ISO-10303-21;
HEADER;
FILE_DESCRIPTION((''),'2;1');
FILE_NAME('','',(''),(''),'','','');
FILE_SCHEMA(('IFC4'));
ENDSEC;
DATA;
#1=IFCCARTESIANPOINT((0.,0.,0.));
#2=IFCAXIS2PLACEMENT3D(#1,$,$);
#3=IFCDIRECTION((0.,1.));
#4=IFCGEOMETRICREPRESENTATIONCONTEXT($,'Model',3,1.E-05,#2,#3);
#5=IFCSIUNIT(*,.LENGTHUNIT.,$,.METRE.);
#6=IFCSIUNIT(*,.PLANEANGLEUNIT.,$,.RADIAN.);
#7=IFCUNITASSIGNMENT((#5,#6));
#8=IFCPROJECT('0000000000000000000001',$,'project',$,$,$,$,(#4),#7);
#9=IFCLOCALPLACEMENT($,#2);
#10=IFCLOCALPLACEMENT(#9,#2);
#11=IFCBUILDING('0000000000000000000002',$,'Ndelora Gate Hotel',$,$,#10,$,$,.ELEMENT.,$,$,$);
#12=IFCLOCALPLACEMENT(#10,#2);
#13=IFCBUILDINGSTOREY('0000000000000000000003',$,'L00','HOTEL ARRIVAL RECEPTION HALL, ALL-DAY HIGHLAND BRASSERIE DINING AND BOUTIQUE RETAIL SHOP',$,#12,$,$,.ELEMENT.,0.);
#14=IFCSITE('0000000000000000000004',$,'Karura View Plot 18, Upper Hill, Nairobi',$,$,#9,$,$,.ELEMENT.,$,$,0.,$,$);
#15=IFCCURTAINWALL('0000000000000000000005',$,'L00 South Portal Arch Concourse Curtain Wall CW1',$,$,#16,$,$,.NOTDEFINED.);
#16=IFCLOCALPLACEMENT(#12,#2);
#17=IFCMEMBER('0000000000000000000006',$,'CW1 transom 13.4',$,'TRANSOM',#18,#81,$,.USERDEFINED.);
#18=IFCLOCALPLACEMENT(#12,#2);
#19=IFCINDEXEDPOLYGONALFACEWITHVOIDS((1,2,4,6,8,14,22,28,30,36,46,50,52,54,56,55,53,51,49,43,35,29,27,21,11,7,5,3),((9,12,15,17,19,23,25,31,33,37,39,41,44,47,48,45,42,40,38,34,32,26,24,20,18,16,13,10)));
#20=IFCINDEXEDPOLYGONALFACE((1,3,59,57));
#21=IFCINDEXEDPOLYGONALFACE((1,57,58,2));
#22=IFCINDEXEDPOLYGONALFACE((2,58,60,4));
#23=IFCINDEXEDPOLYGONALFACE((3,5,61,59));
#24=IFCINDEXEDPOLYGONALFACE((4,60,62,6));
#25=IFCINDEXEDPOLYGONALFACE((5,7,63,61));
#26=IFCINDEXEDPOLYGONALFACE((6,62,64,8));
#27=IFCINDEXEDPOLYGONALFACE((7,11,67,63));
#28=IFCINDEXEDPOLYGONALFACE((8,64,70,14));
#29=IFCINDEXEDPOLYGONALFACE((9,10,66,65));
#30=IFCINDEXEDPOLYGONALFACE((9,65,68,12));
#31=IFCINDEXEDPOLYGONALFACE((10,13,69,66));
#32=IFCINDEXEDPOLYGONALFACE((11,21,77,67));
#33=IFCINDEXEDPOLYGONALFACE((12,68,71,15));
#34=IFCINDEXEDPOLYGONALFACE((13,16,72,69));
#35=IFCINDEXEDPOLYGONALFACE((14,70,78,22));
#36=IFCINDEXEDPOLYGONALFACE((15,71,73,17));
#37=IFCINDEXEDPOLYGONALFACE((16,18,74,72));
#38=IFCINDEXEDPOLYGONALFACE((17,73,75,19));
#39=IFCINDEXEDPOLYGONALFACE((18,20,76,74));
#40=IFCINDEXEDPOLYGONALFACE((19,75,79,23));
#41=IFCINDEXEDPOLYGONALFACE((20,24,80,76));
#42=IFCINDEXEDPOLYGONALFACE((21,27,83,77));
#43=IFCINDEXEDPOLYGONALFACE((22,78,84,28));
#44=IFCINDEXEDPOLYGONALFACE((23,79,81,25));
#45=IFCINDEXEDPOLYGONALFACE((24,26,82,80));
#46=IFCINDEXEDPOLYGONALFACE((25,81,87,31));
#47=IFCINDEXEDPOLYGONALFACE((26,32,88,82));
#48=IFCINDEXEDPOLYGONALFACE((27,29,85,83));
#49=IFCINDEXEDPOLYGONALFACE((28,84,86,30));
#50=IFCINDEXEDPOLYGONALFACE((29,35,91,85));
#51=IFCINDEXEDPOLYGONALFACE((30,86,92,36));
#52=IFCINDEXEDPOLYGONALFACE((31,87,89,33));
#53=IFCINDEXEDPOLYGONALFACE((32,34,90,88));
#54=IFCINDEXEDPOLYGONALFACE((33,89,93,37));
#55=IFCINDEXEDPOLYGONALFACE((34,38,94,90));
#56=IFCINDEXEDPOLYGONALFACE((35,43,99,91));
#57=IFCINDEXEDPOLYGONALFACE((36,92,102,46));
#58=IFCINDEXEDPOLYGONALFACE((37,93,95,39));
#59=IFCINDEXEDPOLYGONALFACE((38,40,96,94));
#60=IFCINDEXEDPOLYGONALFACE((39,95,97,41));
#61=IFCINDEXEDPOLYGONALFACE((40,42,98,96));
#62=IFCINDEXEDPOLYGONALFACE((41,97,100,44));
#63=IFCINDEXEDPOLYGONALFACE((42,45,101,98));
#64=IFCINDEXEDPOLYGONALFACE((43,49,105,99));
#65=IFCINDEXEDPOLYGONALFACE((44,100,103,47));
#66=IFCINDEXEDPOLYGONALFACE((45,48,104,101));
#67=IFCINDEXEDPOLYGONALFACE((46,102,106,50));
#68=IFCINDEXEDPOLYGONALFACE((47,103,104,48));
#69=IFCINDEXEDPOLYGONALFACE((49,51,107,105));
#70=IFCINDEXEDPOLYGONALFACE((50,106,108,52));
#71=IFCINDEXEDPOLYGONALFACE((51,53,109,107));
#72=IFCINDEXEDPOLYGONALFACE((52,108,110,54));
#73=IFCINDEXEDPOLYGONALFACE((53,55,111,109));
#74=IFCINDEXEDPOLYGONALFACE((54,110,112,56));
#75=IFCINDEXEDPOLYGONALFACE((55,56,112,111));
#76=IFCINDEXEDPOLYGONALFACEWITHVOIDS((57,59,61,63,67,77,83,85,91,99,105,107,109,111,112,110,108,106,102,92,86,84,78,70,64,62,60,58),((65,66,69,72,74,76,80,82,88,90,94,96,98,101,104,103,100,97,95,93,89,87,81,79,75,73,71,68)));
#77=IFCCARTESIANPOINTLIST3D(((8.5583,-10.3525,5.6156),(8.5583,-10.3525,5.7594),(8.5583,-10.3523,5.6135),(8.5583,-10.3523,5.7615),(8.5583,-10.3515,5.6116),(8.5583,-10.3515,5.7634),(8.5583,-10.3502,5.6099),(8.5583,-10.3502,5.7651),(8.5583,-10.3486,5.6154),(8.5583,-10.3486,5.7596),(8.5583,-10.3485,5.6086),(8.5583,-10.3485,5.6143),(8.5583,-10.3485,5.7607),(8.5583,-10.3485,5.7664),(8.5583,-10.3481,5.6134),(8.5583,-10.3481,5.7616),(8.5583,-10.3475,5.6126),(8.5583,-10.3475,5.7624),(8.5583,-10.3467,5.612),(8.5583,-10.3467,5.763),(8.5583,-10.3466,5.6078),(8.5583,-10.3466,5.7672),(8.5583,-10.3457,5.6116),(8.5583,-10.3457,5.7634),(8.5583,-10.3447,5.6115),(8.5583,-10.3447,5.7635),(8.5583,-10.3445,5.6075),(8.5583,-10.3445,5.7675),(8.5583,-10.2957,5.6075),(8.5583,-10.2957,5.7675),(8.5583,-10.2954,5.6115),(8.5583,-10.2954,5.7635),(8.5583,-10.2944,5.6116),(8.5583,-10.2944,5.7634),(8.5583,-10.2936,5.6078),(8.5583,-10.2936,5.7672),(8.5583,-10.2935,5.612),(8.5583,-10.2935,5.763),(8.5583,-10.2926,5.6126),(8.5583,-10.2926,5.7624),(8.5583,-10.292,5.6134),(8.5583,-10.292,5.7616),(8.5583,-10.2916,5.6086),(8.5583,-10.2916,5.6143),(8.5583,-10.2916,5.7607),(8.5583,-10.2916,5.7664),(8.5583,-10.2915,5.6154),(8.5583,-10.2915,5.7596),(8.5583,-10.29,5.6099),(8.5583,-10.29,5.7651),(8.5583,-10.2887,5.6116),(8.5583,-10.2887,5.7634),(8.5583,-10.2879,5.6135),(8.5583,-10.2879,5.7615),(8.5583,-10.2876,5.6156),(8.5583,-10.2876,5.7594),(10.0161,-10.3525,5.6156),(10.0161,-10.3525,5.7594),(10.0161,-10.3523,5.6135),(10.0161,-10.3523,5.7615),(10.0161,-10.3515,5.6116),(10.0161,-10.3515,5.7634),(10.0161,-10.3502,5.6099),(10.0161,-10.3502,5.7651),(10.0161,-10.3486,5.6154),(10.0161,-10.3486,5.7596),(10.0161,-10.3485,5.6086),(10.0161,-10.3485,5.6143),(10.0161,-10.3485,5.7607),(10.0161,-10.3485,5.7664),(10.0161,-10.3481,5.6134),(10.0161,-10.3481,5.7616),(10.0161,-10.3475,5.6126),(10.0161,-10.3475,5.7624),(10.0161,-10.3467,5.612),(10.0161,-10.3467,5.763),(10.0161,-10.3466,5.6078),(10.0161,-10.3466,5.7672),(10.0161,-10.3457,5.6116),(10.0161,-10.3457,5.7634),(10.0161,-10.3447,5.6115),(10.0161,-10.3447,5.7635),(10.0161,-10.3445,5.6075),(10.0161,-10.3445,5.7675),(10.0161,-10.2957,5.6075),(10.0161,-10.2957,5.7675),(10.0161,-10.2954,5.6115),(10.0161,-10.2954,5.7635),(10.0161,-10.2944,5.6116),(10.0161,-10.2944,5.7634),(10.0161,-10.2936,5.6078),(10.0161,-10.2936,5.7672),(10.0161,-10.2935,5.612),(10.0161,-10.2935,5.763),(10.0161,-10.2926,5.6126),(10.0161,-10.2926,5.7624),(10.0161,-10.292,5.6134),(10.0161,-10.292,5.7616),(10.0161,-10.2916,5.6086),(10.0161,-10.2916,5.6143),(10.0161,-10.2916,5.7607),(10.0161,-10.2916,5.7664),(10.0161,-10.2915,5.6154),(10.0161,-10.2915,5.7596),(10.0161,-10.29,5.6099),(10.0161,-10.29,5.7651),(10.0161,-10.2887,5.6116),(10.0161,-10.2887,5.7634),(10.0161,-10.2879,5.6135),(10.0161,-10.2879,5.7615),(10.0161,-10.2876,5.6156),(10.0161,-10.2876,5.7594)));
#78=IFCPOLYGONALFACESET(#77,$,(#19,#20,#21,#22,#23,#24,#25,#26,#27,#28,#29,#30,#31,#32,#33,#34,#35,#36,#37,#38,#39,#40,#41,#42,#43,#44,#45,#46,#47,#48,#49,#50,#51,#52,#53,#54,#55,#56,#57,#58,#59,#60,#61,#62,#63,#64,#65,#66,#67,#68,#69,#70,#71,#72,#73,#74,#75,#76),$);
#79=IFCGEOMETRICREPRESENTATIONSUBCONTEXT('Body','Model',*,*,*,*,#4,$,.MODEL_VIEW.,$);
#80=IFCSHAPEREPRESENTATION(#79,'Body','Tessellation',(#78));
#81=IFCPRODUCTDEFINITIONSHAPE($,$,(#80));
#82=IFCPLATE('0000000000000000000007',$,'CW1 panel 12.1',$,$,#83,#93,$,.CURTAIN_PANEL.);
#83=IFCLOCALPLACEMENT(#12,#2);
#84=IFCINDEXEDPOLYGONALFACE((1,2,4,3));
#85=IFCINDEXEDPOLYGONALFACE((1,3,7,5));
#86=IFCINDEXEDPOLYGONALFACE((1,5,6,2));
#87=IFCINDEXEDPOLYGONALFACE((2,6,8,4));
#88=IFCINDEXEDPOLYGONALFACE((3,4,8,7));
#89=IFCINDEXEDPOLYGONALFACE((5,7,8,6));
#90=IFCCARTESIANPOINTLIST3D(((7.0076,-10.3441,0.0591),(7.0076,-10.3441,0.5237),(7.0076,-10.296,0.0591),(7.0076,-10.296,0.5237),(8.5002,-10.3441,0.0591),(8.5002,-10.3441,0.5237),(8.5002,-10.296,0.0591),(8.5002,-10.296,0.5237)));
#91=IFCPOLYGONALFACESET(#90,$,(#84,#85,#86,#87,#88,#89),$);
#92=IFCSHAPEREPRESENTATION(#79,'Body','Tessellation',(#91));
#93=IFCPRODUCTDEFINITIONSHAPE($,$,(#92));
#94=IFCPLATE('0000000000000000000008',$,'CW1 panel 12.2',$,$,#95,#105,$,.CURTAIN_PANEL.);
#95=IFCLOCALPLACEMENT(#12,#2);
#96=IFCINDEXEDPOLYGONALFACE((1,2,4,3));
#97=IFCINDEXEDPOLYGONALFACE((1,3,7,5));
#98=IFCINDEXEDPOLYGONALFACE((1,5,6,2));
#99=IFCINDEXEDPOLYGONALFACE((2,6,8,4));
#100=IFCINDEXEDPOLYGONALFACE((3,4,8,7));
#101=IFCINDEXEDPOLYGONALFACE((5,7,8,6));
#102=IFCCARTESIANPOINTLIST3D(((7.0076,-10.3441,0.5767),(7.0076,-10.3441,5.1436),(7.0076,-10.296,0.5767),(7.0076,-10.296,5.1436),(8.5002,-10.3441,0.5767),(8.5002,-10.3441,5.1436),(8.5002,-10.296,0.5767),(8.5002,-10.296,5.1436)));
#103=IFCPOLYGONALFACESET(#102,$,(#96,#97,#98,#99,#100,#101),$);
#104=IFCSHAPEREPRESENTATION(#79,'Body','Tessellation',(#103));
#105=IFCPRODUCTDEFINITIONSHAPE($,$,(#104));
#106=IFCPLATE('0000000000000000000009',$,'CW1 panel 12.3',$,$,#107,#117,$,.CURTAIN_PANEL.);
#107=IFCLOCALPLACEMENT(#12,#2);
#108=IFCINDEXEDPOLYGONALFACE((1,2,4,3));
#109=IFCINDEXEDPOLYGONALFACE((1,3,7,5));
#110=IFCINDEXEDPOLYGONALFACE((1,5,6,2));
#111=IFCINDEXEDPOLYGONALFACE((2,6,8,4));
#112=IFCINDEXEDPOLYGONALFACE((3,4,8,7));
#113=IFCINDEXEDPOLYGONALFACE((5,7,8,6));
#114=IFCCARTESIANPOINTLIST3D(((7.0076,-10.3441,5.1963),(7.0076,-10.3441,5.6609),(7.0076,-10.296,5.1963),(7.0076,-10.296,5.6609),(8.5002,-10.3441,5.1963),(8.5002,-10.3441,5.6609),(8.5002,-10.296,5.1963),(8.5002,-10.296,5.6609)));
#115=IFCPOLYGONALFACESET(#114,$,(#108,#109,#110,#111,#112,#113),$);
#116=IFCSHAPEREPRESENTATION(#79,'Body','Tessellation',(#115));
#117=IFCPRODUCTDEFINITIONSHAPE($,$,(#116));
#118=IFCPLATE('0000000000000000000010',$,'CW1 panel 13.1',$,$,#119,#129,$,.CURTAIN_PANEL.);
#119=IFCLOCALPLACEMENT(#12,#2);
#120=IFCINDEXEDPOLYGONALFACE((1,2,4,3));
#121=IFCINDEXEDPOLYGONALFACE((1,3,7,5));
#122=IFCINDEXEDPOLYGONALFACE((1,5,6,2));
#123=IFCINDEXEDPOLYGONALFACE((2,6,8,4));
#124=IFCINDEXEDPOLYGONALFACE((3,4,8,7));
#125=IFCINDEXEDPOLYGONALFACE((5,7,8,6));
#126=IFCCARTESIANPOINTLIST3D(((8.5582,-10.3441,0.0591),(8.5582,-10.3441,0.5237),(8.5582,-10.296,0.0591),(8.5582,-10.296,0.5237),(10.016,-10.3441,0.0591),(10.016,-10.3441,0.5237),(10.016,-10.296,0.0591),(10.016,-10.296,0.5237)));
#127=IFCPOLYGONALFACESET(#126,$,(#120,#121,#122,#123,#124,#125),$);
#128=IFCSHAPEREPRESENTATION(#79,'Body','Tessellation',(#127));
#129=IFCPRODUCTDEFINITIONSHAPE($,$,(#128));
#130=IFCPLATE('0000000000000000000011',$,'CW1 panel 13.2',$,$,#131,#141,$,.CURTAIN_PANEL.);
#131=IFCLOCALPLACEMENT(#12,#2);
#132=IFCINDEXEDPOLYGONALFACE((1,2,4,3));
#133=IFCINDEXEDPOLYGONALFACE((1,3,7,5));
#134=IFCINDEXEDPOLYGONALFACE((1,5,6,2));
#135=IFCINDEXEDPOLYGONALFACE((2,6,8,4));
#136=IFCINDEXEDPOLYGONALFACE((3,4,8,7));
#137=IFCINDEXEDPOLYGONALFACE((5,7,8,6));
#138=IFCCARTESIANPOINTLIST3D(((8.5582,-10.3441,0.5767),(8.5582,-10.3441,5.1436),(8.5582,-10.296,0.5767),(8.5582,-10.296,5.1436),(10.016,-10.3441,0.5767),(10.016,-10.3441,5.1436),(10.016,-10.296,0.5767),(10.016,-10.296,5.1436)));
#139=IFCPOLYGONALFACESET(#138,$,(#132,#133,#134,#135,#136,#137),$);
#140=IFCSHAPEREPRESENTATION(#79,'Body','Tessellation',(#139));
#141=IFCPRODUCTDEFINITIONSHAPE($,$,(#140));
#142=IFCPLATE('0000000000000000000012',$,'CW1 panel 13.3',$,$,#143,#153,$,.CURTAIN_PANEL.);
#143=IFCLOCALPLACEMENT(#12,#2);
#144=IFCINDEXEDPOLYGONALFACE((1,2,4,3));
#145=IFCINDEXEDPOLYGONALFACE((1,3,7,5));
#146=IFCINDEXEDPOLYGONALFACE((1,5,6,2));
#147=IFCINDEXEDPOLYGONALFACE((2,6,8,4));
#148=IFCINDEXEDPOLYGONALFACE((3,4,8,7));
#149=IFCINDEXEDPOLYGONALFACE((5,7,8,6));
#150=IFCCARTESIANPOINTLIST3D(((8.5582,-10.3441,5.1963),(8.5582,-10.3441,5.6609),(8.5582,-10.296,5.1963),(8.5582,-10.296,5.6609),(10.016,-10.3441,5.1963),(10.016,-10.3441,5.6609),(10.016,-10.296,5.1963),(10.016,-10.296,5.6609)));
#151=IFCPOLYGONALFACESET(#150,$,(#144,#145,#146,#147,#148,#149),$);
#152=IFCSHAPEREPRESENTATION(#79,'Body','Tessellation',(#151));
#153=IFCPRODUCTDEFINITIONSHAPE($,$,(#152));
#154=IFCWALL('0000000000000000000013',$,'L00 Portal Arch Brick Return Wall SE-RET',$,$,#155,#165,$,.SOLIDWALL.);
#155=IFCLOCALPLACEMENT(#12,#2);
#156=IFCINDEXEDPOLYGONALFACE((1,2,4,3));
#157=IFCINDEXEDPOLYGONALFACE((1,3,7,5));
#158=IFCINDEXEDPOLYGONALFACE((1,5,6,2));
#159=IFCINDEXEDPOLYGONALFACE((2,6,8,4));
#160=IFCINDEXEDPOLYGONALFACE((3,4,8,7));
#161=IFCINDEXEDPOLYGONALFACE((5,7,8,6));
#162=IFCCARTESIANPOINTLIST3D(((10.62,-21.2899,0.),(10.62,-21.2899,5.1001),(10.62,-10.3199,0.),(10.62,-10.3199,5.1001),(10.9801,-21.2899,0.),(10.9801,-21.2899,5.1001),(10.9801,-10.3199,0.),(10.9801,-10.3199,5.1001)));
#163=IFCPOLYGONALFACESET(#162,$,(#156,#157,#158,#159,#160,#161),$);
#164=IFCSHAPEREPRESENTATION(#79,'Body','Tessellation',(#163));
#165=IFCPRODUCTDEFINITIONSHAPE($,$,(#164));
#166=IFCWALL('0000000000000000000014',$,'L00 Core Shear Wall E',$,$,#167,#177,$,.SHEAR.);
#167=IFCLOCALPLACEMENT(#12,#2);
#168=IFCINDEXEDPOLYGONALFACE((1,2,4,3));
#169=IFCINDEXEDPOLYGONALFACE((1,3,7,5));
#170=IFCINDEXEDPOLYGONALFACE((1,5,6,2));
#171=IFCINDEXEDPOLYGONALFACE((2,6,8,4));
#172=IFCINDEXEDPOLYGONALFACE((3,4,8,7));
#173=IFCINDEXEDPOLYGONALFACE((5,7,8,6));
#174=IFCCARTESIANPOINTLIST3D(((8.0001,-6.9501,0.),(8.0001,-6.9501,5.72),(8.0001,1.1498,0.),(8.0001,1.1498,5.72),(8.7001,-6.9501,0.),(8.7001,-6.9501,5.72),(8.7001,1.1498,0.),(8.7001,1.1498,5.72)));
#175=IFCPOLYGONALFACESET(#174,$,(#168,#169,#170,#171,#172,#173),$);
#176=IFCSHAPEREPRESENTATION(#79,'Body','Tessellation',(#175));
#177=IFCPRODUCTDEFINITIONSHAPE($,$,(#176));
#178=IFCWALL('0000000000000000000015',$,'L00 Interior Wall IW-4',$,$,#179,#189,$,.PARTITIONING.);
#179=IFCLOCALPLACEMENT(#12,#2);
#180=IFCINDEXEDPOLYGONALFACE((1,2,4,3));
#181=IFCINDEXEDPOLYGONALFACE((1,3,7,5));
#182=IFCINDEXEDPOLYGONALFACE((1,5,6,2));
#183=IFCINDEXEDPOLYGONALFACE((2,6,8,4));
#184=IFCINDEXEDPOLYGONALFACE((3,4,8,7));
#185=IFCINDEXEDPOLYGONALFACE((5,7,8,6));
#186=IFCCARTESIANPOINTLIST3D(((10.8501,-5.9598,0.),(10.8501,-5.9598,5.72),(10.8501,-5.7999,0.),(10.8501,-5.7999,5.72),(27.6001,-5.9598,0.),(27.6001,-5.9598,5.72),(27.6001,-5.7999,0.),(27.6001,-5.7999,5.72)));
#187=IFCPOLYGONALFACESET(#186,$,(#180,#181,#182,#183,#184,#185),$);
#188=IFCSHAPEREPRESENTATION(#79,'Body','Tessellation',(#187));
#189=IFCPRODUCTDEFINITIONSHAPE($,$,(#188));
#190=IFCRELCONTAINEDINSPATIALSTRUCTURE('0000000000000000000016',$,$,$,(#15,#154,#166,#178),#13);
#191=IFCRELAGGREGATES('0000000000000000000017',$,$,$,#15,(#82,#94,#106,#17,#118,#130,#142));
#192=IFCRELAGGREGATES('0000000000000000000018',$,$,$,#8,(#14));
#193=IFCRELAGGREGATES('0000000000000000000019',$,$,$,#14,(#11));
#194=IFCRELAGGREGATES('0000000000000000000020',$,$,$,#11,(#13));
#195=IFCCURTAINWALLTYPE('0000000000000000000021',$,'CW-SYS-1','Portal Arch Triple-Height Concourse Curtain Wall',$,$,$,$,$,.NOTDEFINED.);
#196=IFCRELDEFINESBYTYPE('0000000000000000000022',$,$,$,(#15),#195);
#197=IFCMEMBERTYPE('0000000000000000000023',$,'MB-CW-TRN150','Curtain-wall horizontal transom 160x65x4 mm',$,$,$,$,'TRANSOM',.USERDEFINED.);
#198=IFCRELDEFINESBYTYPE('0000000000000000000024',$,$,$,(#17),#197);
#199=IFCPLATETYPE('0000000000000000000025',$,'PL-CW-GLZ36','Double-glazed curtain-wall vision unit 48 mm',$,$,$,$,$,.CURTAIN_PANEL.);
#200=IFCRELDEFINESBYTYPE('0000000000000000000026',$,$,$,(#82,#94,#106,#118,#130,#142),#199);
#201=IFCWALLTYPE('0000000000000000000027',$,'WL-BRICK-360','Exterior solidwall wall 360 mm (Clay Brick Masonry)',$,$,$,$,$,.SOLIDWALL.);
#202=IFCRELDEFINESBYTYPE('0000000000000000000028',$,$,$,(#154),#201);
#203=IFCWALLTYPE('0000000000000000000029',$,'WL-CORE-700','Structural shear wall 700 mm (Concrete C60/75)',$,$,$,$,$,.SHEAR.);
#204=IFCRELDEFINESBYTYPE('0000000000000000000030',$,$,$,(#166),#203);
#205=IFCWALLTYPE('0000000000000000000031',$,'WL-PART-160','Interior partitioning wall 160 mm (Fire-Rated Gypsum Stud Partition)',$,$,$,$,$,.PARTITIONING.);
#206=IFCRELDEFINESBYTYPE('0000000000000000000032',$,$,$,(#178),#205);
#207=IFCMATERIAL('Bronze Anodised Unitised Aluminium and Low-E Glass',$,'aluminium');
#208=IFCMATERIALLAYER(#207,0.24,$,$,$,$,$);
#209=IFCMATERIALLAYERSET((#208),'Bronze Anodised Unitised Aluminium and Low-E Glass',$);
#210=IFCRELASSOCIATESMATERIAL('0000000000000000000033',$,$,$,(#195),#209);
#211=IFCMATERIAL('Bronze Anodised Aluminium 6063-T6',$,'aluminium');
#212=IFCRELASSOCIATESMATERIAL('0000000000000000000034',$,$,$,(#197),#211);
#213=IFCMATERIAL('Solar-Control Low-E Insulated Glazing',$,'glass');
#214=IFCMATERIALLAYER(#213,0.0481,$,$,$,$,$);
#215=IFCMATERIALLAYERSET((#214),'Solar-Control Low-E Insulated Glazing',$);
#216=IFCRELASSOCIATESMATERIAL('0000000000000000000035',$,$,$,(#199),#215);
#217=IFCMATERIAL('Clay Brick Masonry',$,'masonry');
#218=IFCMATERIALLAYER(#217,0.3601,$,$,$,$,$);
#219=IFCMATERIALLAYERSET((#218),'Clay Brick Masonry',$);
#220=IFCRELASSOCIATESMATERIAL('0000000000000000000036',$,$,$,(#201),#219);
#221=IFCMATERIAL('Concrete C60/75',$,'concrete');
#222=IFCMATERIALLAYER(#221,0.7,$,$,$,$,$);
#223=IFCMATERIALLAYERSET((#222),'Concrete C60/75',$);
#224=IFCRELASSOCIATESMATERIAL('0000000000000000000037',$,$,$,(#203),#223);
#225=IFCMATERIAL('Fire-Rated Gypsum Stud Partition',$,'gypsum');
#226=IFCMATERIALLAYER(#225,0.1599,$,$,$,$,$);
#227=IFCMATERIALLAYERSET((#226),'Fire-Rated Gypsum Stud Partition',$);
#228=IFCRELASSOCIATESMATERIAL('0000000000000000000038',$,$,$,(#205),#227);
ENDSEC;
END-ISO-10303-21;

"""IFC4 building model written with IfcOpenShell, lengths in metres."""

from ifc_helpers import new_model, si_unit, direction, frame, frame_2d, origin, origin_2d, place, context, subcontext, project, spatial, rectangle, hollow_rectangle, extrude, material, layer, layer_set, material_profile, profile_set, type_object, element, aggregate, save


model = new_model("IFC4")

# Units and contexts
model_context = context("Model", 3, precision=1e-05, world=origin(), true_north=direction((0.0, 1.0)))
body_context = subcontext(model_context, "Body", "Model", "MODEL_VIEW")
ifc_project = project(units=[si_unit("LENGTHUNIT", "METRE"), si_unit("PLANEANGLEUNIT", "RADIAN")], contexts=[model_context])

# Site, building, storey
site_placement = place(None, origin())
site = spatial("IfcSite", under=ifc_project, at=site_placement, Name="Karura View Plot 18, Upper Hill, Nairobi", CompositionType="ELEMENT", RefElevation=0.0)
building_placement = place(site_placement, origin())
building = spatial("IfcBuilding", under=site, at=building_placement, Name="Ndelora Gate Hotel", CompositionType="ELEMENT")
storey_placement = place(building_placement, origin())
storey = spatial("IfcBuildingStorey", under=building, at=storey_placement, Name="L00", Description="HOTEL ARRIVAL RECEPTION HALL, ALL-DAY HIGHLAND BRASSERIE DINING AND BOUTIQUE RETAIL SHOP", CompositionType="ELEMENT", Elevation=0.0)

# Shared definitions
ifc_material_1 = material(Name="Concrete C60/75", Category="concrete")

# Curtain wall, member, plates
ifc_material_2 = material(Name="Bronze Anodised Unitised Aluminium and Low-E Glass", Category="aluminium")
ifc_layer_1 = layer(ifc_material_2, 0.24)
ifc_layer_set_1 = layer_set([ifc_layer_1], Name="Bronze Anodised Unitised Aluminium and Low-E Glass")
curtain_wall_type = type_object("IfcCurtainWallType", Name="CW-SYS-1", Description="Portal Arch Triple-Height Concourse Curtain Wall", PredefinedType="NOTDEFINED", material=ifc_layer_set_1)
curtain_wall_placement = place(storey_placement, origin())
curtain_wall = element("IfcCurtainWall", 1, at=curtain_wall_placement, inside=storey, type_object=curtain_wall_type, Name="L00 South Portal Arch Concourse Curtain Wall CW1", PredefinedType="NOTDEFINED")
ifc_material_3 = material(Name="Bronze Anodised Aluminium 6063-T6", Category="aluminium")
ifc_material_profile_1 = material_profile(ifc_material_3, hollow_rectangle(XDim=0.0649, YDim=0.1599, WallThickness=0.0039, InnerFilletRadius=0.0039, OuterFilletRadius=0.0081, at=origin_2d()), Name="ALU 160x65x4")
ifc_profile_set_1 = profile_set([ifc_material_profile_1], Name="Bronze Anodised Aluminium 6063-T6")
member_type_1 = type_object("IfcMemberType", Name="MB-CW-TRN150", Description="Curtain-wall horizontal transom 160x65x4 mm", ElementType="TRANSOM", PredefinedType="USERDEFINED", material=ifc_profile_set_1)
member_1_placement = place(storey_placement, frame((8.5583, -10.3201, 5.6875), z_axis=(1.0, 0.0, 0.0), x_axis=(0.0, 1.0, 0.0)))
member_1 = element("IfcMember", 2, at=member_1_placement, type_object=member_type_1, Name="CW1 transom 13.4", ObjectType="TRANSOM", PredefinedType="USERDEFINED", context=body_context, shape_type="SweptSolid", body=[
    extrude(hollow_rectangle(XDim=0.0649, YDim=0.1599, WallThickness=0.0039, InnerFilletRadius=0.0039, OuterFilletRadius=0.0081, at=origin_2d()), origin(), (0.0, 0.0, 1.0), 1.4578),
])
ifc_material_4 = material(Name="Solar-Control Low-E Insulated Glazing", Category="glass")
ifc_layer_2 = layer(ifc_material_4, 0.0481)
ifc_layer_set_2 = layer_set([ifc_layer_2], Name="Solar-Control Low-E Insulated Glazing")
plate_type = type_object("IfcPlateType", Name="PL-CW-GLZ36", Description="Double-glazed curtain-wall vision unit 48 mm", PredefinedType="CURTAIN_PANEL", material=ifc_layer_set_2)
plate_1_placement = place(storey_placement, frame((7.7539, -10.3201, 0.0591), z_axis=(0.0, 0.0, 1.0), x_axis=(1.0, 0.0, 0.0)))
plate_1 = element("IfcPlate", 3, at=plate_1_placement, type_object=plate_type, Name="CW1 panel 12.1", PredefinedType="CURTAIN_PANEL", context=body_context, shape_type="SweptSolid", body=[
    extrude(rectangle(XDim=1.4927, YDim=0.0481, at=origin_2d()), origin(), (0.0, 0.0, 1.0), 0.4646),
])
plate_2_placement = place(storey_placement, frame((7.7539, -10.3201, 0.5767), z_axis=(0.0, 0.0, 1.0), x_axis=(1.0, 0.0, 0.0)))
plate_2 = element("IfcPlate", 4, at=plate_2_placement, type_object=plate_type, Name="CW1 panel 12.2", PredefinedType="CURTAIN_PANEL", context=body_context, shape_type="SweptSolid", body=[
    extrude(rectangle(XDim=1.4927, YDim=0.0481, at=origin_2d()), origin(), (0.0, 0.0, 1.0), 4.5669),
])
plate_3_placement = place(storey_placement, frame((7.7539, -10.3201, 5.1963), z_axis=(0.0, 0.0, 1.0), x_axis=(1.0, 0.0, 0.0)))
plate_3 = element("IfcPlate", 5, at=plate_3_placement, type_object=plate_type, Name="CW1 panel 12.3", PredefinedType="CURTAIN_PANEL", context=body_context, shape_type="SweptSolid", body=[
    extrude(rectangle(XDim=1.4927, YDim=0.0481, at=origin_2d()), origin(), (0.0, 0.0, 1.0), 0.4646),
])
plate_4_placement = place(storey_placement, frame((9.2871, -10.3201, 0.0591), z_axis=(0.0, 0.0, 1.0), x_axis=(1.0, 0.0, 0.0)))
plate_4 = element("IfcPlate", 6, at=plate_4_placement, type_object=plate_type, Name="CW1 panel 13.1", PredefinedType="CURTAIN_PANEL", context=body_context, shape_type="SweptSolid", body=[
    extrude(rectangle(XDim=1.4578, YDim=0.0481, at=origin_2d()), origin(), (0.0, 0.0, 1.0), 0.4646),
])
plate_5_placement = place(storey_placement, frame((9.2871, -10.3201, 0.5767), z_axis=(0.0, 0.0, 1.0), x_axis=(1.0, 0.0, 0.0)))
plate_5 = element("IfcPlate", 7, at=plate_5_placement, type_object=plate_type, Name="CW1 panel 13.2", PredefinedType="CURTAIN_PANEL", context=body_context, shape_type="SweptSolid", body=[
    extrude(rectangle(XDim=1.4578, YDim=0.0481, at=origin_2d()), origin(), (0.0, 0.0, 1.0), 4.5669),
])
plate_6_placement = place(storey_placement, frame((9.2871, -10.3201, 5.1963), z_axis=(0.0, 0.0, 1.0), x_axis=(1.0, 0.0, 0.0)))
plate_6 = element("IfcPlate", 8, at=plate_6_placement, type_object=plate_type, Name="CW1 panel 13.3", PredefinedType="CURTAIN_PANEL", context=body_context, shape_type="SweptSolid", body=[
    extrude(rectangle(XDim=1.4578, YDim=0.0481, at=origin_2d()), origin(), (0.0, 0.0, 1.0), 0.4646),
])
aggregate(curtain_wall, [plate_1, plate_2, plate_3, member_1, plate_4, plate_5, plate_6])

# Walls
ifc_material_5 = material(Name="Clay Brick Masonry", Category="masonry")
ifc_layer_3 = layer(ifc_material_5, 0.3601)
ifc_layer_set_3 = layer_set([ifc_layer_3], Name="Clay Brick Masonry")
wall_type_1 = type_object("IfcWallType", Name="WL-BRICK-360", Description="Exterior solidwall wall 360 mm (Clay Brick Masonry)", PredefinedType="SOLIDWALL", material=ifc_layer_set_3)
wall_1_placement = place(storey_placement, frame((10.8, -10.3201, 0.0), z_axis=(0.0, 0.0, 1.0), x_axis=(0.0, -1.0, 0.0)))
element("IfcWall", 9, at=wall_1_placement, inside=storey, type_object=wall_type_1, Name="L00 Portal Arch Brick Return Wall SE-RET", PredefinedType="SOLIDWALL", context=body_context, shape_type="SweptSolid", body=[
    extrude(rectangle(XDim=10.97, YDim=0.3601, at=frame_2d((5.4849, 0.0))), origin(), (0.0, 0.0, 1.0), 5.1001),
])
ifc_layer_4 = layer(ifc_material_1, 0.7)
ifc_layer_set_4 = layer_set([ifc_layer_4], Name="Concrete C60/75")
wall_type_2 = type_object("IfcWallType", Name="WL-CORE-700", Description="Structural shear wall 700 mm (Concrete C60/75)", PredefinedType="SHEAR", material=ifc_layer_set_4)
wall_2_placement = place(storey_placement, frame((8.3501, -6.95, 0.0), z_axis=(0.0, 0.0, 1.0), x_axis=(0.0, 1.0, 0.0)))
element("IfcWall", 10, at=wall_2_placement, inside=storey, type_object=wall_type_2, Name="L00 Core Shear Wall E", PredefinedType="SHEAR", context=body_context, shape_type="SweptSolid", body=[
    extrude(rectangle(XDim=8.0999, YDim=0.7, at=frame_2d((4.0498, 0.0))), origin(), (0.0, 0.0, 1.0), 5.72),
])
ifc_material_6 = material(Name="Fire-Rated Gypsum Stud Partition", Category="gypsum")
ifc_layer_5 = layer(ifc_material_6, 0.1599)
ifc_layer_set_5 = layer_set([ifc_layer_5], Name="Fire-Rated Gypsum Stud Partition")
wall_type_3 = type_object("IfcWallType", Name="WL-PART-160", Description="Interior partitioning wall 160 mm (Fire-Rated Gypsum Stud Partition)", PredefinedType="PARTITIONING", material=ifc_layer_set_5)
wall_3_placement = place(storey_placement, frame((10.8501, -5.8799, 0.0), z_axis=(0.0, 0.0, 1.0), x_axis=(1.0, 0.0, 0.0)))
element("IfcWall", 11, at=wall_3_placement, inside=storey, type_object=wall_type_3, Name="L00 Interior Wall IW-4", PredefinedType="PARTITIONING", context=body_context, shape_type="SweptSolid", body=[
    extrude(rectangle(XDim=16.75, YDim=0.1599, at=frame_2d((8.375, 0.0))), origin(), (0.0, 0.0, 1.0), 5.72),
])

save(model, "model.ifc")
